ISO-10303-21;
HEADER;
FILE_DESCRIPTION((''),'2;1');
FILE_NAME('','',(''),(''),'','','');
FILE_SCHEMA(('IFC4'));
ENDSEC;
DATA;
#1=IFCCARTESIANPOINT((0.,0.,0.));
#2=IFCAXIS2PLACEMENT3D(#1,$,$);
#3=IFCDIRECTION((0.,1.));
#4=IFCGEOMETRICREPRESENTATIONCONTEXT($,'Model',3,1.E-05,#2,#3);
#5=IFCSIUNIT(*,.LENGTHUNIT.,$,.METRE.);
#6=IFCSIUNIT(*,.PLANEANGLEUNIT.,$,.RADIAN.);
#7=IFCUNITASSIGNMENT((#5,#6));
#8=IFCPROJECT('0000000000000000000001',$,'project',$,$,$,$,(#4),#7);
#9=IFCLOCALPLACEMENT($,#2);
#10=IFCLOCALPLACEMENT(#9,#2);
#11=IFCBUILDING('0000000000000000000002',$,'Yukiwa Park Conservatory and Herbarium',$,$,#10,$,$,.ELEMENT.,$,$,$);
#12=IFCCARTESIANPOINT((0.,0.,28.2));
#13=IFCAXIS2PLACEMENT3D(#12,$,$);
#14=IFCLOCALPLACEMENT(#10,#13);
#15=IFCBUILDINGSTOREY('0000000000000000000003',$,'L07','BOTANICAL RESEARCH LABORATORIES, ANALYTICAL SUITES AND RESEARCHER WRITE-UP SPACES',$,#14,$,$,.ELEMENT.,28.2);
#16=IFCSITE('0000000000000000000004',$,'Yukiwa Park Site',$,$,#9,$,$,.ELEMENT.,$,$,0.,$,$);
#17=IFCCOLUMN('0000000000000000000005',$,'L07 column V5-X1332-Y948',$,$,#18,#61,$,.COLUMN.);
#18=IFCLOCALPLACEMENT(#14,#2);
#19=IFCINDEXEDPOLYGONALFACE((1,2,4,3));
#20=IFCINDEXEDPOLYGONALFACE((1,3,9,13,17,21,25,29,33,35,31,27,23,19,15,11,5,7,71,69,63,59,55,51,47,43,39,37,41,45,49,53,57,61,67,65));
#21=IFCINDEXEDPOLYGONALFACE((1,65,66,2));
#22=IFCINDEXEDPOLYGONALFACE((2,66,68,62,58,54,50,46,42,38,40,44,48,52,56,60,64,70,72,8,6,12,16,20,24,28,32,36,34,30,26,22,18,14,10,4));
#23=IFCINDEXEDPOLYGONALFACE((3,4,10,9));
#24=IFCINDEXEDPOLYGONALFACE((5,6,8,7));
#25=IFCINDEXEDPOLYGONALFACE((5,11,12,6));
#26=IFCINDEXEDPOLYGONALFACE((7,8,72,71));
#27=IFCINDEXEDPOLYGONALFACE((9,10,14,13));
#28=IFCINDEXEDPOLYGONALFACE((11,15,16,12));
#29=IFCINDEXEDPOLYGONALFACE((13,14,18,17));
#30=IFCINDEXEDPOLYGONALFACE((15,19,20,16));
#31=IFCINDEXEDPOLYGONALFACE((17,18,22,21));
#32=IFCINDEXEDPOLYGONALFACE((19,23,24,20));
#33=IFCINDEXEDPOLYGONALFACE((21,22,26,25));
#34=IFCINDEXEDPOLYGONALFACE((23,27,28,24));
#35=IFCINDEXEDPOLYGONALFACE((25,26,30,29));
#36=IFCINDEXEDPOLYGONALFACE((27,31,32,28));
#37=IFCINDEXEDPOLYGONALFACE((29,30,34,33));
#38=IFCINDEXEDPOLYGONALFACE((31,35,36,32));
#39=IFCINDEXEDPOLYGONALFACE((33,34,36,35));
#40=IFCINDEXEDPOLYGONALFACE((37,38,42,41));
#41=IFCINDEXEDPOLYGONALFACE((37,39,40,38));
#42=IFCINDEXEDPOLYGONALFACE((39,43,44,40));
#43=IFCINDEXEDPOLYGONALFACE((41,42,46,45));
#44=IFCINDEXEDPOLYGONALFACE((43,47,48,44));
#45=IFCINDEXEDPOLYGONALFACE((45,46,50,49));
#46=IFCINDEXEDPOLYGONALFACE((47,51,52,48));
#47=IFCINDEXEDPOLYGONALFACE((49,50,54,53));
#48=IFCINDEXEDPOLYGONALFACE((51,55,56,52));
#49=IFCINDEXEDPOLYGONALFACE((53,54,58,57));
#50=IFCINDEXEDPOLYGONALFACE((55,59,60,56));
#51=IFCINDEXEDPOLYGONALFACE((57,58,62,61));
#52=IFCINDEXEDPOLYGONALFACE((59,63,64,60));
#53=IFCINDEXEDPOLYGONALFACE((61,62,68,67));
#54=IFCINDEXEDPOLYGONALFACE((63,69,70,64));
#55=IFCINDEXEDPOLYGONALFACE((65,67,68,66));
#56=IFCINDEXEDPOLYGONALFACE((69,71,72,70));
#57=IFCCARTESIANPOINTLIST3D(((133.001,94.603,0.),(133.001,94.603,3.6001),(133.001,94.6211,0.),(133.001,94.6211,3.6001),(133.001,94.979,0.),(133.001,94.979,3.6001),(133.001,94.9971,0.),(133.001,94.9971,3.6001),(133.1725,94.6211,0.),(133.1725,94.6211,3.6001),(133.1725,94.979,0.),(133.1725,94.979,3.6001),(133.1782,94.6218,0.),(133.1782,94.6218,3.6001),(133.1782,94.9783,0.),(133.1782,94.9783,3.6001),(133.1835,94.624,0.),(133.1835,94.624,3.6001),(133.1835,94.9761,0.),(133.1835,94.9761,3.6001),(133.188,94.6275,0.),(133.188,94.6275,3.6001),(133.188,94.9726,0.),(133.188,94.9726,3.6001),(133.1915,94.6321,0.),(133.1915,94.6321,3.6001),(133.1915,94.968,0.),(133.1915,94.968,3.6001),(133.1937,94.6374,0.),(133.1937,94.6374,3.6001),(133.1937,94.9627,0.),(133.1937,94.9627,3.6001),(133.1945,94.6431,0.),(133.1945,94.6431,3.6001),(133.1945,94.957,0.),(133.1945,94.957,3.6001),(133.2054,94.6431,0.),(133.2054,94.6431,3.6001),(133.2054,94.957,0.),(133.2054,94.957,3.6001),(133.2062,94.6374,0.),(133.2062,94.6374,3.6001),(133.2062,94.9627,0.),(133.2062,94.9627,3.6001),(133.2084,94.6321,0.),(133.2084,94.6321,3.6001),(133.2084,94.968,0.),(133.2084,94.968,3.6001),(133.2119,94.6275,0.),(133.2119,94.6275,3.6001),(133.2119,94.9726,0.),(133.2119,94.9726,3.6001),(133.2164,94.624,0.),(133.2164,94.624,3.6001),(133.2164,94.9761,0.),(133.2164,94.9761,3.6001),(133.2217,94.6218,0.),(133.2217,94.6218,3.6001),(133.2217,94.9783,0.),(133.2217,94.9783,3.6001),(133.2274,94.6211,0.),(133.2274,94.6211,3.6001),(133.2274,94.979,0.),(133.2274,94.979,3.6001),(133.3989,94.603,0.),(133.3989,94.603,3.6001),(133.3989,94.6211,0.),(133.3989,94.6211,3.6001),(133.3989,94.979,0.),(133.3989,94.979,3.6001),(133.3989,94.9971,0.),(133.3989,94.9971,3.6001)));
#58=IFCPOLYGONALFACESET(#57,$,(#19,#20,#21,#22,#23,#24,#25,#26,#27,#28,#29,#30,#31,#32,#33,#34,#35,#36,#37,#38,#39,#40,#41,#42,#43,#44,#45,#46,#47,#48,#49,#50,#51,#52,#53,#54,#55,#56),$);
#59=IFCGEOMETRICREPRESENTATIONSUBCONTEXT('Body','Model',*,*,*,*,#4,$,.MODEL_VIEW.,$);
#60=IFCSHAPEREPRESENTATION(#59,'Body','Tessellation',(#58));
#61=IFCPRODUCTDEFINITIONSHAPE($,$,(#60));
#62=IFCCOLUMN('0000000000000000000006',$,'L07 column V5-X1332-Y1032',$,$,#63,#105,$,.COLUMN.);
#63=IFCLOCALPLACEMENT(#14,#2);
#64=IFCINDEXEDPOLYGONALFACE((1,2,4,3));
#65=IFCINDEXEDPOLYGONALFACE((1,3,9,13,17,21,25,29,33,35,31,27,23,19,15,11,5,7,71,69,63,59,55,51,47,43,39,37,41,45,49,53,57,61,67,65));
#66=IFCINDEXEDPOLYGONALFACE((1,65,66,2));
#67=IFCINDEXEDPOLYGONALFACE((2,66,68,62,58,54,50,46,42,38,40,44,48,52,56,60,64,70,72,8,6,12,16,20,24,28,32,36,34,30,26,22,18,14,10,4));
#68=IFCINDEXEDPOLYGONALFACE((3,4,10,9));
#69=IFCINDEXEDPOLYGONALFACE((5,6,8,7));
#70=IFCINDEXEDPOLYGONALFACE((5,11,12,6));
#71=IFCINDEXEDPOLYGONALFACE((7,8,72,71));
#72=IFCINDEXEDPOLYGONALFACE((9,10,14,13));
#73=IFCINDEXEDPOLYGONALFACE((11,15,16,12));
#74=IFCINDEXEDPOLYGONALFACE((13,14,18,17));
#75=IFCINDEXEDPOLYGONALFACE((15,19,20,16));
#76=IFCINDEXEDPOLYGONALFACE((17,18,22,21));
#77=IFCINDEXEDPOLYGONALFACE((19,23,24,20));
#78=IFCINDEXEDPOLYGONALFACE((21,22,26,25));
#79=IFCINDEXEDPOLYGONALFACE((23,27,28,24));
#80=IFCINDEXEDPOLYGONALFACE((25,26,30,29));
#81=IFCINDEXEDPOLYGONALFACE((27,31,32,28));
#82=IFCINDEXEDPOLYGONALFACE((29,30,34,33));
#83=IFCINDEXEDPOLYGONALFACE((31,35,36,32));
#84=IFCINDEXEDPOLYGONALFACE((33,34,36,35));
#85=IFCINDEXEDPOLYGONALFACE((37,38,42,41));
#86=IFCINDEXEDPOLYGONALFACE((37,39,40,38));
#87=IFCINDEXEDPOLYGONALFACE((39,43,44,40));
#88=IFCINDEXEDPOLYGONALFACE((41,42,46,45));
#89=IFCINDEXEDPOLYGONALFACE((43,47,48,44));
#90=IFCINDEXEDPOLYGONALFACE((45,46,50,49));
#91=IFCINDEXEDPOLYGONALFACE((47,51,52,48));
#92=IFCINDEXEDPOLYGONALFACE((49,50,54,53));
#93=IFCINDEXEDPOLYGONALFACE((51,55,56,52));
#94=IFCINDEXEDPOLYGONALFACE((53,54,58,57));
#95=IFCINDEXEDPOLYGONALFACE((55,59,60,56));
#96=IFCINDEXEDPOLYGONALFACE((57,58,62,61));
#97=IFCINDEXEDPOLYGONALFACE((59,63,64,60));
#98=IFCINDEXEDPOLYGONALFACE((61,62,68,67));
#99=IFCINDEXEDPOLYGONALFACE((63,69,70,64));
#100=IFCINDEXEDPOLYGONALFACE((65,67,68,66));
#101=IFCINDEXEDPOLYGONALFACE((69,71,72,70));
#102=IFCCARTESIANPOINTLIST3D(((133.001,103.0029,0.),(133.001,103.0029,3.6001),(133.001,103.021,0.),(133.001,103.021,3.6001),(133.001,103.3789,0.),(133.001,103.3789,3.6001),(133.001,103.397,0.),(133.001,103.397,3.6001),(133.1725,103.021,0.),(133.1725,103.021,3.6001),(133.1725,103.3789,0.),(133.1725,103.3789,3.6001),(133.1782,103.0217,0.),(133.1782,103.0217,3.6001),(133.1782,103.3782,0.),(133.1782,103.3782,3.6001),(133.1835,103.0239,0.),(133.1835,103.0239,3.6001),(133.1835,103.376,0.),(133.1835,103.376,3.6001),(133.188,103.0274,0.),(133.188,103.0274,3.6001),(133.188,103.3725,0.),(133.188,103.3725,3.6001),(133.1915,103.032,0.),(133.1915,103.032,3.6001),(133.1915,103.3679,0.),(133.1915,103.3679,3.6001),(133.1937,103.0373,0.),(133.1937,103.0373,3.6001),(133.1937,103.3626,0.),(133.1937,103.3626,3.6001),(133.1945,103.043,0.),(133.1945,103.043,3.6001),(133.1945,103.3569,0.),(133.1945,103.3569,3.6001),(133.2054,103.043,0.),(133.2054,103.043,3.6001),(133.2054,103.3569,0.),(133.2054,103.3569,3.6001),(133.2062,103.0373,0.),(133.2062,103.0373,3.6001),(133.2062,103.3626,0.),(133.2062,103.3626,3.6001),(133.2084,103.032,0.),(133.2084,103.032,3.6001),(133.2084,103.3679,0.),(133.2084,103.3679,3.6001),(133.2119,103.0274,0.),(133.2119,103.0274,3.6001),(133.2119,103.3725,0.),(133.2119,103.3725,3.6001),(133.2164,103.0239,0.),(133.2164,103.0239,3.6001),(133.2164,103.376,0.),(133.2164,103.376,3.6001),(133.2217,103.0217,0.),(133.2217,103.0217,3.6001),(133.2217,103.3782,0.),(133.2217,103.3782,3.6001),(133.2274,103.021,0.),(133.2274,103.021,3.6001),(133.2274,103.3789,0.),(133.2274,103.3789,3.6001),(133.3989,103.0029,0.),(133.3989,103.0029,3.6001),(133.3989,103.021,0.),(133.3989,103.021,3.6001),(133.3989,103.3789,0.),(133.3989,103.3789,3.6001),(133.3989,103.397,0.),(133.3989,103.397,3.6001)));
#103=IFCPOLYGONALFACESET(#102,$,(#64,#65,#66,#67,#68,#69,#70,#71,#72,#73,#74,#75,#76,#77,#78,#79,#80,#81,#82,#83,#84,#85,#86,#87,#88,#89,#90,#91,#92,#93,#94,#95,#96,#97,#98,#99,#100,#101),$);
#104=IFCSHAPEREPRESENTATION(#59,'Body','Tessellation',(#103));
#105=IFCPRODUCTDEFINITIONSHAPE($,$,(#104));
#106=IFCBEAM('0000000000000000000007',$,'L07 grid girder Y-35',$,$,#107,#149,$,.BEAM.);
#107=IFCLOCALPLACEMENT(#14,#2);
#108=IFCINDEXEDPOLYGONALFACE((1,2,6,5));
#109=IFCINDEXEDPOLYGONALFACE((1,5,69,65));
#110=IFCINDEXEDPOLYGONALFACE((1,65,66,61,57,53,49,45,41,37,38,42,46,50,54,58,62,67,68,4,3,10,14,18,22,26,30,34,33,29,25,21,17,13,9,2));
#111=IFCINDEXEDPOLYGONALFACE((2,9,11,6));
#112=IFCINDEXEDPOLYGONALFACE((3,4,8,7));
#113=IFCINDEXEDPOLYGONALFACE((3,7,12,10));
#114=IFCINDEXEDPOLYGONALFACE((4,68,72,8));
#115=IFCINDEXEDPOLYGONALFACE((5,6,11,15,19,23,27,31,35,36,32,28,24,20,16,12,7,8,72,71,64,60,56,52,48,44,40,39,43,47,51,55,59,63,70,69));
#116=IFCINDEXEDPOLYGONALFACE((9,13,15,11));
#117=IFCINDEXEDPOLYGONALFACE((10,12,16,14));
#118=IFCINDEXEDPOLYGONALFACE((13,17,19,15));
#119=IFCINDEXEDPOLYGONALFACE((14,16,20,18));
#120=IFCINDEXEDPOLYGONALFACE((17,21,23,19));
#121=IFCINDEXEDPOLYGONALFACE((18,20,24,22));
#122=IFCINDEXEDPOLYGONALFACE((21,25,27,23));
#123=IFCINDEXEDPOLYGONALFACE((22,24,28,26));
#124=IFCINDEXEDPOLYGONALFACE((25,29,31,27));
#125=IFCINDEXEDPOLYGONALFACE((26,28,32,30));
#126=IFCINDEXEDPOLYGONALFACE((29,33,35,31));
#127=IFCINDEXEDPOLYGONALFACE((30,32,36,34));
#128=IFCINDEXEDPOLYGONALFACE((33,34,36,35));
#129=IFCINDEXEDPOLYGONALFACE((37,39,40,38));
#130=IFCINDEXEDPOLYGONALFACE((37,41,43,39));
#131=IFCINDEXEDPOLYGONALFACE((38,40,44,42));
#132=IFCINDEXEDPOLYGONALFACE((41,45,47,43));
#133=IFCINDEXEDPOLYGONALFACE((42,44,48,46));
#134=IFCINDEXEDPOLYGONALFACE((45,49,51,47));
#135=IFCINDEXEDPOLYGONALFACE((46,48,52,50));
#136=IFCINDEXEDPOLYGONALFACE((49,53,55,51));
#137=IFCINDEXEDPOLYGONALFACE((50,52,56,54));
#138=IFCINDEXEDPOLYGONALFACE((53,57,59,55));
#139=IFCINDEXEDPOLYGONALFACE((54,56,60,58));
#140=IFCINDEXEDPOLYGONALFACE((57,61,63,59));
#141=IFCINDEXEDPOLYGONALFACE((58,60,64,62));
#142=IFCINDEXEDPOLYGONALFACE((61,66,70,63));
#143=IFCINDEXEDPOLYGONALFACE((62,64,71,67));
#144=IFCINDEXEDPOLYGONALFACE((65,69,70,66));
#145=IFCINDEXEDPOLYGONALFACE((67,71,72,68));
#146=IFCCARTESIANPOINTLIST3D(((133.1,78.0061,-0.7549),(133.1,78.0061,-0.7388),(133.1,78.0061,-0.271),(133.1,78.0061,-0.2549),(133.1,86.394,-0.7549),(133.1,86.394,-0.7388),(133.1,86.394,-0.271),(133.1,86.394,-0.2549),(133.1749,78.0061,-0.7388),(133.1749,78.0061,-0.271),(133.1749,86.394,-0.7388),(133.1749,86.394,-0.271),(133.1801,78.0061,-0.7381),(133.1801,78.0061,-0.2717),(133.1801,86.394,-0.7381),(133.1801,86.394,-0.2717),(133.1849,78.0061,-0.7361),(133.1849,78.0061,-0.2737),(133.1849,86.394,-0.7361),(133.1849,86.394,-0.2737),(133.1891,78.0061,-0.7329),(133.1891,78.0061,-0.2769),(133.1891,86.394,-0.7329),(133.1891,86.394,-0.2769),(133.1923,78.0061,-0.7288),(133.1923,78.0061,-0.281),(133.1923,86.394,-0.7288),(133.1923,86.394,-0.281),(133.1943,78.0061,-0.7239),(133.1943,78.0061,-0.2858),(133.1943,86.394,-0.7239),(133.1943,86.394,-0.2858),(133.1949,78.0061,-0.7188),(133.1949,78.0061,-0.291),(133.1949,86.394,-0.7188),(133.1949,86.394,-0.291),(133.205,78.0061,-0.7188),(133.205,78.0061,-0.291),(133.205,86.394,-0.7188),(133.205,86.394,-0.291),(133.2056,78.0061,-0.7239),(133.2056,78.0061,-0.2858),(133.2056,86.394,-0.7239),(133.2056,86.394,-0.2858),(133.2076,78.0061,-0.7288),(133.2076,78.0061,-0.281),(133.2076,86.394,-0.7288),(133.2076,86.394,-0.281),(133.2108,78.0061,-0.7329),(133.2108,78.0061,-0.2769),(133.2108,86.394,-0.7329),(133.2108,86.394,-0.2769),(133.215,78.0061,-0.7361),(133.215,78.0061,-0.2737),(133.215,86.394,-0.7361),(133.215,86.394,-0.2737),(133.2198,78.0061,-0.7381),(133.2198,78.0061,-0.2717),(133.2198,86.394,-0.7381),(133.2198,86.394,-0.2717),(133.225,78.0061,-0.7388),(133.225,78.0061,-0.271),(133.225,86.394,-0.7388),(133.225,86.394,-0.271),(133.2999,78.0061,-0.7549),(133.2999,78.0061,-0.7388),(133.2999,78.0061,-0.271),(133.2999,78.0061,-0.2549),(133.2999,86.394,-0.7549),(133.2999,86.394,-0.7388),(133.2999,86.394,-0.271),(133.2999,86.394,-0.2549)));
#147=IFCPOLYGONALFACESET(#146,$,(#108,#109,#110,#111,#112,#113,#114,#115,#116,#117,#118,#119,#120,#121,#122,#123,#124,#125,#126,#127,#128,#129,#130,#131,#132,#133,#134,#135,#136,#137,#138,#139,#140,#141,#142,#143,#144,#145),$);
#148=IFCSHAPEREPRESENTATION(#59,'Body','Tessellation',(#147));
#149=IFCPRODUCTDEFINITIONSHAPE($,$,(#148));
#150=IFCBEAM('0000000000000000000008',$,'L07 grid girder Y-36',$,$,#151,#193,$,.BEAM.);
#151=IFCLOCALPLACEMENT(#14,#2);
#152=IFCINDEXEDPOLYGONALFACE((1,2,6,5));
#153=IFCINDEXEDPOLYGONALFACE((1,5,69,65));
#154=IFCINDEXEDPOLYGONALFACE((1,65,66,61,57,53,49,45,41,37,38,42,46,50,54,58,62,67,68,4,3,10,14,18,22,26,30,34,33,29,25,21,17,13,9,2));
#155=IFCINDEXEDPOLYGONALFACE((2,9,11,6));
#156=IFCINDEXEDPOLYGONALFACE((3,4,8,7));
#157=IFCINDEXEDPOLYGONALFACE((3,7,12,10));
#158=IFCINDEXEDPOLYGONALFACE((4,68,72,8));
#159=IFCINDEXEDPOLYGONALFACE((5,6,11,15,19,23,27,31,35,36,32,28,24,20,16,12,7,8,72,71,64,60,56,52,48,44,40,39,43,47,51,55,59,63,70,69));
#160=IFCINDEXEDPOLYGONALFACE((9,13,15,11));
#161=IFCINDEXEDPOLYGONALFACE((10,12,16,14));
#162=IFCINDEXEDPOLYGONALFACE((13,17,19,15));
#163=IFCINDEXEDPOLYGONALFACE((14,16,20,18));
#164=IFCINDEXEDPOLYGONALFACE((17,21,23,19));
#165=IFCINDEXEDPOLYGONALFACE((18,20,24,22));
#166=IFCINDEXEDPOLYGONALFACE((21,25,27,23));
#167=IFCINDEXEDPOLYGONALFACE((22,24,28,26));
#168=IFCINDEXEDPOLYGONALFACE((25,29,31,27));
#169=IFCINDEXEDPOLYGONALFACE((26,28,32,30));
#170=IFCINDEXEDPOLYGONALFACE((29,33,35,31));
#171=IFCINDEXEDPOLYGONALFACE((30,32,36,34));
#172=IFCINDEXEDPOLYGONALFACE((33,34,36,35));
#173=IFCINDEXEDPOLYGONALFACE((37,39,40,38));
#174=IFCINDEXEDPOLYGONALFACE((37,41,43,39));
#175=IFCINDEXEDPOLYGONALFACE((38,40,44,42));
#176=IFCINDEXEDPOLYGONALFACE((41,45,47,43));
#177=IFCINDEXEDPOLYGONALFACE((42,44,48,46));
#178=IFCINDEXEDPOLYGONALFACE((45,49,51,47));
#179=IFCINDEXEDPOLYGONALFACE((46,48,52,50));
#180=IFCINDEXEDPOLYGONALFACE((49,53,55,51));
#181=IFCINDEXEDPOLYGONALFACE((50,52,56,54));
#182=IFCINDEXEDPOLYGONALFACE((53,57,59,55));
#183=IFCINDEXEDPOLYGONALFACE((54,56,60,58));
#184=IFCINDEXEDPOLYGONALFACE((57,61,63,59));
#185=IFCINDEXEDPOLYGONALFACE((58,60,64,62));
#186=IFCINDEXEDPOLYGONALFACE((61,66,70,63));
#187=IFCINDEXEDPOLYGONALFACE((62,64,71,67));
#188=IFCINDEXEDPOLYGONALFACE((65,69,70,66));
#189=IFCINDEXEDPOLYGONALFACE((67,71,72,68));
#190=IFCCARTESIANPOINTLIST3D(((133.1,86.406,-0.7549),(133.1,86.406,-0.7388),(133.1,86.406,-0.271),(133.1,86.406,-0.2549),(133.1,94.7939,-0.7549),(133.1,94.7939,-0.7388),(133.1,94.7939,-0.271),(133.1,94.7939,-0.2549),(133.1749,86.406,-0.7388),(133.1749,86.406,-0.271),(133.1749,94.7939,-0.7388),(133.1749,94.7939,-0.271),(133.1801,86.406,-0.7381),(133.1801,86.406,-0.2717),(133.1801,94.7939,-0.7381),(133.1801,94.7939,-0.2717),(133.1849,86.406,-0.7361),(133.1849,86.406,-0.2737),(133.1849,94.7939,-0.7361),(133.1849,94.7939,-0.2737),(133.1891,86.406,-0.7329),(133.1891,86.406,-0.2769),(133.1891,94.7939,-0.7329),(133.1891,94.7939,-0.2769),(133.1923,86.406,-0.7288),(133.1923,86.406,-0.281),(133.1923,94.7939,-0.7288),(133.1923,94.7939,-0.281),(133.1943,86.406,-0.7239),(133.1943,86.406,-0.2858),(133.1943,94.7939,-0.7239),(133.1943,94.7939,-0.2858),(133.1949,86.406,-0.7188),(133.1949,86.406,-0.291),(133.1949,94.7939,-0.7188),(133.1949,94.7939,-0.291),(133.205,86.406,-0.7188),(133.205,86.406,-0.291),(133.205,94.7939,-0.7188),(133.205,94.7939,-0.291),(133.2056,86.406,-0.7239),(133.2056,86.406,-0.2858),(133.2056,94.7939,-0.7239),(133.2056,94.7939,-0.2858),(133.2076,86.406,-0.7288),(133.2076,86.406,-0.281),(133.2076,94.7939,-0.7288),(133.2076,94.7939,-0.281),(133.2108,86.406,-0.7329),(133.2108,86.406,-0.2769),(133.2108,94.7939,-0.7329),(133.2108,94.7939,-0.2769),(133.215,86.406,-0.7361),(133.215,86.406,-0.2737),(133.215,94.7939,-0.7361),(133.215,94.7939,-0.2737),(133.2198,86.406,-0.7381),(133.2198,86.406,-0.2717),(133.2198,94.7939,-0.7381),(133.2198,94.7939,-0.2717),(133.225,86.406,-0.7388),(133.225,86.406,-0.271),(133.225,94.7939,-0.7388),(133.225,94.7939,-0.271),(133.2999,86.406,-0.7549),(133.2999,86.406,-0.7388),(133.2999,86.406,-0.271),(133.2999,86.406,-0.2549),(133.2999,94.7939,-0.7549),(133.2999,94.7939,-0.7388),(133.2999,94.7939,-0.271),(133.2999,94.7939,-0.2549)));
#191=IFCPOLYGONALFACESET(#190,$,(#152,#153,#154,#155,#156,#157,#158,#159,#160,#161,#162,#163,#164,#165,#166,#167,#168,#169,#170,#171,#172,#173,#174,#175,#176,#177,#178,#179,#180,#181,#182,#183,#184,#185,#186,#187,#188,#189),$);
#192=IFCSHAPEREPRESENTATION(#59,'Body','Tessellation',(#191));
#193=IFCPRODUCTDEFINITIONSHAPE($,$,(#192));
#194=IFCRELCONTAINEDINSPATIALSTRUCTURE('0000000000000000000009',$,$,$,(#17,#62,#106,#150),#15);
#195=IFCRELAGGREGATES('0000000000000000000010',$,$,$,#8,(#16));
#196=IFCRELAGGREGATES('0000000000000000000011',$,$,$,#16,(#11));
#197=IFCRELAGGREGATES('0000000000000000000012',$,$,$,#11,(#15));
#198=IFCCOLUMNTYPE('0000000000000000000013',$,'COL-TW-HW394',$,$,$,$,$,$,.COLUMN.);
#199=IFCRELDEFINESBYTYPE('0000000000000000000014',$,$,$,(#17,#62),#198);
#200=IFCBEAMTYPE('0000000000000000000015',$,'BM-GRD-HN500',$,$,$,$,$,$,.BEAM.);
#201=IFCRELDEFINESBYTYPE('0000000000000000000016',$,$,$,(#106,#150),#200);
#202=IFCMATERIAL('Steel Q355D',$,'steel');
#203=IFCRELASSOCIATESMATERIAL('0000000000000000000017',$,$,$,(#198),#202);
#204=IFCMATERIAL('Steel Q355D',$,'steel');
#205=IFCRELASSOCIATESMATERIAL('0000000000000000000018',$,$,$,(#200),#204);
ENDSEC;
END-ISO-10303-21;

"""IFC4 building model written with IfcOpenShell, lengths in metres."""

from ifc_helpers import new_model, si_unit, direction, frame, origin, origin_2d, place, context, subcontext, project, spatial, i_section, extrude, material, material_profile, profile_set, type_object, element, save


model = new_model("IFC4")

# Units and contexts
model_context = context("Model", 3, precision=1e-05, world=origin(), true_north=direction((0.0, 1.0)))
body_context = subcontext(model_context, "Body", "Model", "MODEL_VIEW")
ifc_project = project(units=[si_unit("LENGTHUNIT", "METRE"), si_unit("PLANEANGLEUNIT", "RADIAN")], contexts=[model_context])

# Site, building, storey
site_placement = place(None, origin())
site = spatial("IfcSite", under=ifc_project, at=site_placement, Name="Yukiwa Park Site", CompositionType="ELEMENT", RefElevation=0.0)
building_placement = place(site_placement, origin())
building = spatial("IfcBuilding", under=site, at=building_placement, Name="Yukiwa Park Conservatory and Herbarium", CompositionType="ELEMENT")
storey_placement = place(building_placement, frame((0.0, 0.0, 28.2)))
storey = spatial("IfcBuildingStorey", under=building, at=storey_placement, Name="L07", Description="BOTANICAL RESEARCH LABORATORIES, ANALYTICAL SUITES AND RESEARCHER WRITE-UP SPACES", CompositionType="ELEMENT", Elevation=28.2)

# Columns
ifc_material_1 = material(Name="Steel Q355D", Category="steel")
ifc_material_profile_1 = material_profile(ifc_material_1, i_section(OverallWidth=0.3979, OverallDepth=0.394, WebThickness=0.011, FlangeThickness=0.0181, FilletRadius=0.022, at=origin_2d()), Name="HW 394x398x11x18")
ifc_profile_set_1 = profile_set([ifc_material_profile_1], Name="Steel Q355D")
column_type_1 = type_object("IfcColumnType", Name="COL-TW-HW394", PredefinedType="COLUMN", material=ifc_profile_set_1)
for number, where, z_axis, x_axis, name in (
    (1, (133.2, 94.8, 0.0), (0.0, 0.0, 1.0), (1.0, 0.0, 0.0), "L07 column V5-X1332-Y948"),
    (2, (133.2, 103.2, 0.0), (0.0, 0.0, 1.0), (1.0, 0.0, 0.0), "L07 column V5-X1332-Y1032"),
):
    element("IfcColumn", number, at=place(storey_placement, frame(where, z_axis=z_axis, x_axis=x_axis)), inside=storey, type_object=column_type_1, Name=name, PredefinedType="COLUMN", context=body_context, shape_type="SweptSolid", body=[
        extrude(i_section(OverallWidth=0.3979, OverallDepth=0.394, WebThickness=0.011, FlangeThickness=0.0181, FilletRadius=0.022, at=origin_2d()), origin(), (0.0, 0.0, 1.0), 3.6001),
    ])

# Beams
ifc_material_2 = material(Name="Steel Q355D", Category="steel")
ifc_material_profile_2 = material_profile(ifc_material_2, i_section(OverallWidth=0.2, OverallDepth=0.5, WebThickness=0.01, FlangeThickness=0.0161, FilletRadius=0.02, at=origin_2d()), Name="HN 500x200x10x16")
ifc_profile_set_2 = profile_set([ifc_material_profile_2], Name="Steel Q355D")
beam_type_1 = type_object("IfcBeamType", Name="BM-GRD-HN500", PredefinedType="BEAM", material=ifc_profile_set_2)
for number, where, z_axis, x_axis, name in (
    (3, (133.2, 78.0061, -0.5049), (0.0, 1.0, 0.0), (-1.0, 0.0, 0.0), "L07 grid girder Y-35"),
    (4, (133.2, 86.406, -0.5049), (0.0, 1.0, 0.0), (-1.0, 0.0, 0.0), "L07 grid girder Y-36"),
):
    element("IfcBeam", number, at=place(storey_placement, frame(where, z_axis=z_axis, x_axis=x_axis)), inside=storey, type_object=beam_type_1, Name=name, PredefinedType="BEAM", context=body_context, shape_type="SweptSolid", body=[
        extrude(i_section(OverallWidth=0.2, OverallDepth=0.5, WebThickness=0.01, FlangeThickness=0.0161, FilletRadius=0.02, at=origin_2d()), origin(), (0.0, 0.0, 1.0), 8.3879),
    ])

save(model, "model.ifc")
